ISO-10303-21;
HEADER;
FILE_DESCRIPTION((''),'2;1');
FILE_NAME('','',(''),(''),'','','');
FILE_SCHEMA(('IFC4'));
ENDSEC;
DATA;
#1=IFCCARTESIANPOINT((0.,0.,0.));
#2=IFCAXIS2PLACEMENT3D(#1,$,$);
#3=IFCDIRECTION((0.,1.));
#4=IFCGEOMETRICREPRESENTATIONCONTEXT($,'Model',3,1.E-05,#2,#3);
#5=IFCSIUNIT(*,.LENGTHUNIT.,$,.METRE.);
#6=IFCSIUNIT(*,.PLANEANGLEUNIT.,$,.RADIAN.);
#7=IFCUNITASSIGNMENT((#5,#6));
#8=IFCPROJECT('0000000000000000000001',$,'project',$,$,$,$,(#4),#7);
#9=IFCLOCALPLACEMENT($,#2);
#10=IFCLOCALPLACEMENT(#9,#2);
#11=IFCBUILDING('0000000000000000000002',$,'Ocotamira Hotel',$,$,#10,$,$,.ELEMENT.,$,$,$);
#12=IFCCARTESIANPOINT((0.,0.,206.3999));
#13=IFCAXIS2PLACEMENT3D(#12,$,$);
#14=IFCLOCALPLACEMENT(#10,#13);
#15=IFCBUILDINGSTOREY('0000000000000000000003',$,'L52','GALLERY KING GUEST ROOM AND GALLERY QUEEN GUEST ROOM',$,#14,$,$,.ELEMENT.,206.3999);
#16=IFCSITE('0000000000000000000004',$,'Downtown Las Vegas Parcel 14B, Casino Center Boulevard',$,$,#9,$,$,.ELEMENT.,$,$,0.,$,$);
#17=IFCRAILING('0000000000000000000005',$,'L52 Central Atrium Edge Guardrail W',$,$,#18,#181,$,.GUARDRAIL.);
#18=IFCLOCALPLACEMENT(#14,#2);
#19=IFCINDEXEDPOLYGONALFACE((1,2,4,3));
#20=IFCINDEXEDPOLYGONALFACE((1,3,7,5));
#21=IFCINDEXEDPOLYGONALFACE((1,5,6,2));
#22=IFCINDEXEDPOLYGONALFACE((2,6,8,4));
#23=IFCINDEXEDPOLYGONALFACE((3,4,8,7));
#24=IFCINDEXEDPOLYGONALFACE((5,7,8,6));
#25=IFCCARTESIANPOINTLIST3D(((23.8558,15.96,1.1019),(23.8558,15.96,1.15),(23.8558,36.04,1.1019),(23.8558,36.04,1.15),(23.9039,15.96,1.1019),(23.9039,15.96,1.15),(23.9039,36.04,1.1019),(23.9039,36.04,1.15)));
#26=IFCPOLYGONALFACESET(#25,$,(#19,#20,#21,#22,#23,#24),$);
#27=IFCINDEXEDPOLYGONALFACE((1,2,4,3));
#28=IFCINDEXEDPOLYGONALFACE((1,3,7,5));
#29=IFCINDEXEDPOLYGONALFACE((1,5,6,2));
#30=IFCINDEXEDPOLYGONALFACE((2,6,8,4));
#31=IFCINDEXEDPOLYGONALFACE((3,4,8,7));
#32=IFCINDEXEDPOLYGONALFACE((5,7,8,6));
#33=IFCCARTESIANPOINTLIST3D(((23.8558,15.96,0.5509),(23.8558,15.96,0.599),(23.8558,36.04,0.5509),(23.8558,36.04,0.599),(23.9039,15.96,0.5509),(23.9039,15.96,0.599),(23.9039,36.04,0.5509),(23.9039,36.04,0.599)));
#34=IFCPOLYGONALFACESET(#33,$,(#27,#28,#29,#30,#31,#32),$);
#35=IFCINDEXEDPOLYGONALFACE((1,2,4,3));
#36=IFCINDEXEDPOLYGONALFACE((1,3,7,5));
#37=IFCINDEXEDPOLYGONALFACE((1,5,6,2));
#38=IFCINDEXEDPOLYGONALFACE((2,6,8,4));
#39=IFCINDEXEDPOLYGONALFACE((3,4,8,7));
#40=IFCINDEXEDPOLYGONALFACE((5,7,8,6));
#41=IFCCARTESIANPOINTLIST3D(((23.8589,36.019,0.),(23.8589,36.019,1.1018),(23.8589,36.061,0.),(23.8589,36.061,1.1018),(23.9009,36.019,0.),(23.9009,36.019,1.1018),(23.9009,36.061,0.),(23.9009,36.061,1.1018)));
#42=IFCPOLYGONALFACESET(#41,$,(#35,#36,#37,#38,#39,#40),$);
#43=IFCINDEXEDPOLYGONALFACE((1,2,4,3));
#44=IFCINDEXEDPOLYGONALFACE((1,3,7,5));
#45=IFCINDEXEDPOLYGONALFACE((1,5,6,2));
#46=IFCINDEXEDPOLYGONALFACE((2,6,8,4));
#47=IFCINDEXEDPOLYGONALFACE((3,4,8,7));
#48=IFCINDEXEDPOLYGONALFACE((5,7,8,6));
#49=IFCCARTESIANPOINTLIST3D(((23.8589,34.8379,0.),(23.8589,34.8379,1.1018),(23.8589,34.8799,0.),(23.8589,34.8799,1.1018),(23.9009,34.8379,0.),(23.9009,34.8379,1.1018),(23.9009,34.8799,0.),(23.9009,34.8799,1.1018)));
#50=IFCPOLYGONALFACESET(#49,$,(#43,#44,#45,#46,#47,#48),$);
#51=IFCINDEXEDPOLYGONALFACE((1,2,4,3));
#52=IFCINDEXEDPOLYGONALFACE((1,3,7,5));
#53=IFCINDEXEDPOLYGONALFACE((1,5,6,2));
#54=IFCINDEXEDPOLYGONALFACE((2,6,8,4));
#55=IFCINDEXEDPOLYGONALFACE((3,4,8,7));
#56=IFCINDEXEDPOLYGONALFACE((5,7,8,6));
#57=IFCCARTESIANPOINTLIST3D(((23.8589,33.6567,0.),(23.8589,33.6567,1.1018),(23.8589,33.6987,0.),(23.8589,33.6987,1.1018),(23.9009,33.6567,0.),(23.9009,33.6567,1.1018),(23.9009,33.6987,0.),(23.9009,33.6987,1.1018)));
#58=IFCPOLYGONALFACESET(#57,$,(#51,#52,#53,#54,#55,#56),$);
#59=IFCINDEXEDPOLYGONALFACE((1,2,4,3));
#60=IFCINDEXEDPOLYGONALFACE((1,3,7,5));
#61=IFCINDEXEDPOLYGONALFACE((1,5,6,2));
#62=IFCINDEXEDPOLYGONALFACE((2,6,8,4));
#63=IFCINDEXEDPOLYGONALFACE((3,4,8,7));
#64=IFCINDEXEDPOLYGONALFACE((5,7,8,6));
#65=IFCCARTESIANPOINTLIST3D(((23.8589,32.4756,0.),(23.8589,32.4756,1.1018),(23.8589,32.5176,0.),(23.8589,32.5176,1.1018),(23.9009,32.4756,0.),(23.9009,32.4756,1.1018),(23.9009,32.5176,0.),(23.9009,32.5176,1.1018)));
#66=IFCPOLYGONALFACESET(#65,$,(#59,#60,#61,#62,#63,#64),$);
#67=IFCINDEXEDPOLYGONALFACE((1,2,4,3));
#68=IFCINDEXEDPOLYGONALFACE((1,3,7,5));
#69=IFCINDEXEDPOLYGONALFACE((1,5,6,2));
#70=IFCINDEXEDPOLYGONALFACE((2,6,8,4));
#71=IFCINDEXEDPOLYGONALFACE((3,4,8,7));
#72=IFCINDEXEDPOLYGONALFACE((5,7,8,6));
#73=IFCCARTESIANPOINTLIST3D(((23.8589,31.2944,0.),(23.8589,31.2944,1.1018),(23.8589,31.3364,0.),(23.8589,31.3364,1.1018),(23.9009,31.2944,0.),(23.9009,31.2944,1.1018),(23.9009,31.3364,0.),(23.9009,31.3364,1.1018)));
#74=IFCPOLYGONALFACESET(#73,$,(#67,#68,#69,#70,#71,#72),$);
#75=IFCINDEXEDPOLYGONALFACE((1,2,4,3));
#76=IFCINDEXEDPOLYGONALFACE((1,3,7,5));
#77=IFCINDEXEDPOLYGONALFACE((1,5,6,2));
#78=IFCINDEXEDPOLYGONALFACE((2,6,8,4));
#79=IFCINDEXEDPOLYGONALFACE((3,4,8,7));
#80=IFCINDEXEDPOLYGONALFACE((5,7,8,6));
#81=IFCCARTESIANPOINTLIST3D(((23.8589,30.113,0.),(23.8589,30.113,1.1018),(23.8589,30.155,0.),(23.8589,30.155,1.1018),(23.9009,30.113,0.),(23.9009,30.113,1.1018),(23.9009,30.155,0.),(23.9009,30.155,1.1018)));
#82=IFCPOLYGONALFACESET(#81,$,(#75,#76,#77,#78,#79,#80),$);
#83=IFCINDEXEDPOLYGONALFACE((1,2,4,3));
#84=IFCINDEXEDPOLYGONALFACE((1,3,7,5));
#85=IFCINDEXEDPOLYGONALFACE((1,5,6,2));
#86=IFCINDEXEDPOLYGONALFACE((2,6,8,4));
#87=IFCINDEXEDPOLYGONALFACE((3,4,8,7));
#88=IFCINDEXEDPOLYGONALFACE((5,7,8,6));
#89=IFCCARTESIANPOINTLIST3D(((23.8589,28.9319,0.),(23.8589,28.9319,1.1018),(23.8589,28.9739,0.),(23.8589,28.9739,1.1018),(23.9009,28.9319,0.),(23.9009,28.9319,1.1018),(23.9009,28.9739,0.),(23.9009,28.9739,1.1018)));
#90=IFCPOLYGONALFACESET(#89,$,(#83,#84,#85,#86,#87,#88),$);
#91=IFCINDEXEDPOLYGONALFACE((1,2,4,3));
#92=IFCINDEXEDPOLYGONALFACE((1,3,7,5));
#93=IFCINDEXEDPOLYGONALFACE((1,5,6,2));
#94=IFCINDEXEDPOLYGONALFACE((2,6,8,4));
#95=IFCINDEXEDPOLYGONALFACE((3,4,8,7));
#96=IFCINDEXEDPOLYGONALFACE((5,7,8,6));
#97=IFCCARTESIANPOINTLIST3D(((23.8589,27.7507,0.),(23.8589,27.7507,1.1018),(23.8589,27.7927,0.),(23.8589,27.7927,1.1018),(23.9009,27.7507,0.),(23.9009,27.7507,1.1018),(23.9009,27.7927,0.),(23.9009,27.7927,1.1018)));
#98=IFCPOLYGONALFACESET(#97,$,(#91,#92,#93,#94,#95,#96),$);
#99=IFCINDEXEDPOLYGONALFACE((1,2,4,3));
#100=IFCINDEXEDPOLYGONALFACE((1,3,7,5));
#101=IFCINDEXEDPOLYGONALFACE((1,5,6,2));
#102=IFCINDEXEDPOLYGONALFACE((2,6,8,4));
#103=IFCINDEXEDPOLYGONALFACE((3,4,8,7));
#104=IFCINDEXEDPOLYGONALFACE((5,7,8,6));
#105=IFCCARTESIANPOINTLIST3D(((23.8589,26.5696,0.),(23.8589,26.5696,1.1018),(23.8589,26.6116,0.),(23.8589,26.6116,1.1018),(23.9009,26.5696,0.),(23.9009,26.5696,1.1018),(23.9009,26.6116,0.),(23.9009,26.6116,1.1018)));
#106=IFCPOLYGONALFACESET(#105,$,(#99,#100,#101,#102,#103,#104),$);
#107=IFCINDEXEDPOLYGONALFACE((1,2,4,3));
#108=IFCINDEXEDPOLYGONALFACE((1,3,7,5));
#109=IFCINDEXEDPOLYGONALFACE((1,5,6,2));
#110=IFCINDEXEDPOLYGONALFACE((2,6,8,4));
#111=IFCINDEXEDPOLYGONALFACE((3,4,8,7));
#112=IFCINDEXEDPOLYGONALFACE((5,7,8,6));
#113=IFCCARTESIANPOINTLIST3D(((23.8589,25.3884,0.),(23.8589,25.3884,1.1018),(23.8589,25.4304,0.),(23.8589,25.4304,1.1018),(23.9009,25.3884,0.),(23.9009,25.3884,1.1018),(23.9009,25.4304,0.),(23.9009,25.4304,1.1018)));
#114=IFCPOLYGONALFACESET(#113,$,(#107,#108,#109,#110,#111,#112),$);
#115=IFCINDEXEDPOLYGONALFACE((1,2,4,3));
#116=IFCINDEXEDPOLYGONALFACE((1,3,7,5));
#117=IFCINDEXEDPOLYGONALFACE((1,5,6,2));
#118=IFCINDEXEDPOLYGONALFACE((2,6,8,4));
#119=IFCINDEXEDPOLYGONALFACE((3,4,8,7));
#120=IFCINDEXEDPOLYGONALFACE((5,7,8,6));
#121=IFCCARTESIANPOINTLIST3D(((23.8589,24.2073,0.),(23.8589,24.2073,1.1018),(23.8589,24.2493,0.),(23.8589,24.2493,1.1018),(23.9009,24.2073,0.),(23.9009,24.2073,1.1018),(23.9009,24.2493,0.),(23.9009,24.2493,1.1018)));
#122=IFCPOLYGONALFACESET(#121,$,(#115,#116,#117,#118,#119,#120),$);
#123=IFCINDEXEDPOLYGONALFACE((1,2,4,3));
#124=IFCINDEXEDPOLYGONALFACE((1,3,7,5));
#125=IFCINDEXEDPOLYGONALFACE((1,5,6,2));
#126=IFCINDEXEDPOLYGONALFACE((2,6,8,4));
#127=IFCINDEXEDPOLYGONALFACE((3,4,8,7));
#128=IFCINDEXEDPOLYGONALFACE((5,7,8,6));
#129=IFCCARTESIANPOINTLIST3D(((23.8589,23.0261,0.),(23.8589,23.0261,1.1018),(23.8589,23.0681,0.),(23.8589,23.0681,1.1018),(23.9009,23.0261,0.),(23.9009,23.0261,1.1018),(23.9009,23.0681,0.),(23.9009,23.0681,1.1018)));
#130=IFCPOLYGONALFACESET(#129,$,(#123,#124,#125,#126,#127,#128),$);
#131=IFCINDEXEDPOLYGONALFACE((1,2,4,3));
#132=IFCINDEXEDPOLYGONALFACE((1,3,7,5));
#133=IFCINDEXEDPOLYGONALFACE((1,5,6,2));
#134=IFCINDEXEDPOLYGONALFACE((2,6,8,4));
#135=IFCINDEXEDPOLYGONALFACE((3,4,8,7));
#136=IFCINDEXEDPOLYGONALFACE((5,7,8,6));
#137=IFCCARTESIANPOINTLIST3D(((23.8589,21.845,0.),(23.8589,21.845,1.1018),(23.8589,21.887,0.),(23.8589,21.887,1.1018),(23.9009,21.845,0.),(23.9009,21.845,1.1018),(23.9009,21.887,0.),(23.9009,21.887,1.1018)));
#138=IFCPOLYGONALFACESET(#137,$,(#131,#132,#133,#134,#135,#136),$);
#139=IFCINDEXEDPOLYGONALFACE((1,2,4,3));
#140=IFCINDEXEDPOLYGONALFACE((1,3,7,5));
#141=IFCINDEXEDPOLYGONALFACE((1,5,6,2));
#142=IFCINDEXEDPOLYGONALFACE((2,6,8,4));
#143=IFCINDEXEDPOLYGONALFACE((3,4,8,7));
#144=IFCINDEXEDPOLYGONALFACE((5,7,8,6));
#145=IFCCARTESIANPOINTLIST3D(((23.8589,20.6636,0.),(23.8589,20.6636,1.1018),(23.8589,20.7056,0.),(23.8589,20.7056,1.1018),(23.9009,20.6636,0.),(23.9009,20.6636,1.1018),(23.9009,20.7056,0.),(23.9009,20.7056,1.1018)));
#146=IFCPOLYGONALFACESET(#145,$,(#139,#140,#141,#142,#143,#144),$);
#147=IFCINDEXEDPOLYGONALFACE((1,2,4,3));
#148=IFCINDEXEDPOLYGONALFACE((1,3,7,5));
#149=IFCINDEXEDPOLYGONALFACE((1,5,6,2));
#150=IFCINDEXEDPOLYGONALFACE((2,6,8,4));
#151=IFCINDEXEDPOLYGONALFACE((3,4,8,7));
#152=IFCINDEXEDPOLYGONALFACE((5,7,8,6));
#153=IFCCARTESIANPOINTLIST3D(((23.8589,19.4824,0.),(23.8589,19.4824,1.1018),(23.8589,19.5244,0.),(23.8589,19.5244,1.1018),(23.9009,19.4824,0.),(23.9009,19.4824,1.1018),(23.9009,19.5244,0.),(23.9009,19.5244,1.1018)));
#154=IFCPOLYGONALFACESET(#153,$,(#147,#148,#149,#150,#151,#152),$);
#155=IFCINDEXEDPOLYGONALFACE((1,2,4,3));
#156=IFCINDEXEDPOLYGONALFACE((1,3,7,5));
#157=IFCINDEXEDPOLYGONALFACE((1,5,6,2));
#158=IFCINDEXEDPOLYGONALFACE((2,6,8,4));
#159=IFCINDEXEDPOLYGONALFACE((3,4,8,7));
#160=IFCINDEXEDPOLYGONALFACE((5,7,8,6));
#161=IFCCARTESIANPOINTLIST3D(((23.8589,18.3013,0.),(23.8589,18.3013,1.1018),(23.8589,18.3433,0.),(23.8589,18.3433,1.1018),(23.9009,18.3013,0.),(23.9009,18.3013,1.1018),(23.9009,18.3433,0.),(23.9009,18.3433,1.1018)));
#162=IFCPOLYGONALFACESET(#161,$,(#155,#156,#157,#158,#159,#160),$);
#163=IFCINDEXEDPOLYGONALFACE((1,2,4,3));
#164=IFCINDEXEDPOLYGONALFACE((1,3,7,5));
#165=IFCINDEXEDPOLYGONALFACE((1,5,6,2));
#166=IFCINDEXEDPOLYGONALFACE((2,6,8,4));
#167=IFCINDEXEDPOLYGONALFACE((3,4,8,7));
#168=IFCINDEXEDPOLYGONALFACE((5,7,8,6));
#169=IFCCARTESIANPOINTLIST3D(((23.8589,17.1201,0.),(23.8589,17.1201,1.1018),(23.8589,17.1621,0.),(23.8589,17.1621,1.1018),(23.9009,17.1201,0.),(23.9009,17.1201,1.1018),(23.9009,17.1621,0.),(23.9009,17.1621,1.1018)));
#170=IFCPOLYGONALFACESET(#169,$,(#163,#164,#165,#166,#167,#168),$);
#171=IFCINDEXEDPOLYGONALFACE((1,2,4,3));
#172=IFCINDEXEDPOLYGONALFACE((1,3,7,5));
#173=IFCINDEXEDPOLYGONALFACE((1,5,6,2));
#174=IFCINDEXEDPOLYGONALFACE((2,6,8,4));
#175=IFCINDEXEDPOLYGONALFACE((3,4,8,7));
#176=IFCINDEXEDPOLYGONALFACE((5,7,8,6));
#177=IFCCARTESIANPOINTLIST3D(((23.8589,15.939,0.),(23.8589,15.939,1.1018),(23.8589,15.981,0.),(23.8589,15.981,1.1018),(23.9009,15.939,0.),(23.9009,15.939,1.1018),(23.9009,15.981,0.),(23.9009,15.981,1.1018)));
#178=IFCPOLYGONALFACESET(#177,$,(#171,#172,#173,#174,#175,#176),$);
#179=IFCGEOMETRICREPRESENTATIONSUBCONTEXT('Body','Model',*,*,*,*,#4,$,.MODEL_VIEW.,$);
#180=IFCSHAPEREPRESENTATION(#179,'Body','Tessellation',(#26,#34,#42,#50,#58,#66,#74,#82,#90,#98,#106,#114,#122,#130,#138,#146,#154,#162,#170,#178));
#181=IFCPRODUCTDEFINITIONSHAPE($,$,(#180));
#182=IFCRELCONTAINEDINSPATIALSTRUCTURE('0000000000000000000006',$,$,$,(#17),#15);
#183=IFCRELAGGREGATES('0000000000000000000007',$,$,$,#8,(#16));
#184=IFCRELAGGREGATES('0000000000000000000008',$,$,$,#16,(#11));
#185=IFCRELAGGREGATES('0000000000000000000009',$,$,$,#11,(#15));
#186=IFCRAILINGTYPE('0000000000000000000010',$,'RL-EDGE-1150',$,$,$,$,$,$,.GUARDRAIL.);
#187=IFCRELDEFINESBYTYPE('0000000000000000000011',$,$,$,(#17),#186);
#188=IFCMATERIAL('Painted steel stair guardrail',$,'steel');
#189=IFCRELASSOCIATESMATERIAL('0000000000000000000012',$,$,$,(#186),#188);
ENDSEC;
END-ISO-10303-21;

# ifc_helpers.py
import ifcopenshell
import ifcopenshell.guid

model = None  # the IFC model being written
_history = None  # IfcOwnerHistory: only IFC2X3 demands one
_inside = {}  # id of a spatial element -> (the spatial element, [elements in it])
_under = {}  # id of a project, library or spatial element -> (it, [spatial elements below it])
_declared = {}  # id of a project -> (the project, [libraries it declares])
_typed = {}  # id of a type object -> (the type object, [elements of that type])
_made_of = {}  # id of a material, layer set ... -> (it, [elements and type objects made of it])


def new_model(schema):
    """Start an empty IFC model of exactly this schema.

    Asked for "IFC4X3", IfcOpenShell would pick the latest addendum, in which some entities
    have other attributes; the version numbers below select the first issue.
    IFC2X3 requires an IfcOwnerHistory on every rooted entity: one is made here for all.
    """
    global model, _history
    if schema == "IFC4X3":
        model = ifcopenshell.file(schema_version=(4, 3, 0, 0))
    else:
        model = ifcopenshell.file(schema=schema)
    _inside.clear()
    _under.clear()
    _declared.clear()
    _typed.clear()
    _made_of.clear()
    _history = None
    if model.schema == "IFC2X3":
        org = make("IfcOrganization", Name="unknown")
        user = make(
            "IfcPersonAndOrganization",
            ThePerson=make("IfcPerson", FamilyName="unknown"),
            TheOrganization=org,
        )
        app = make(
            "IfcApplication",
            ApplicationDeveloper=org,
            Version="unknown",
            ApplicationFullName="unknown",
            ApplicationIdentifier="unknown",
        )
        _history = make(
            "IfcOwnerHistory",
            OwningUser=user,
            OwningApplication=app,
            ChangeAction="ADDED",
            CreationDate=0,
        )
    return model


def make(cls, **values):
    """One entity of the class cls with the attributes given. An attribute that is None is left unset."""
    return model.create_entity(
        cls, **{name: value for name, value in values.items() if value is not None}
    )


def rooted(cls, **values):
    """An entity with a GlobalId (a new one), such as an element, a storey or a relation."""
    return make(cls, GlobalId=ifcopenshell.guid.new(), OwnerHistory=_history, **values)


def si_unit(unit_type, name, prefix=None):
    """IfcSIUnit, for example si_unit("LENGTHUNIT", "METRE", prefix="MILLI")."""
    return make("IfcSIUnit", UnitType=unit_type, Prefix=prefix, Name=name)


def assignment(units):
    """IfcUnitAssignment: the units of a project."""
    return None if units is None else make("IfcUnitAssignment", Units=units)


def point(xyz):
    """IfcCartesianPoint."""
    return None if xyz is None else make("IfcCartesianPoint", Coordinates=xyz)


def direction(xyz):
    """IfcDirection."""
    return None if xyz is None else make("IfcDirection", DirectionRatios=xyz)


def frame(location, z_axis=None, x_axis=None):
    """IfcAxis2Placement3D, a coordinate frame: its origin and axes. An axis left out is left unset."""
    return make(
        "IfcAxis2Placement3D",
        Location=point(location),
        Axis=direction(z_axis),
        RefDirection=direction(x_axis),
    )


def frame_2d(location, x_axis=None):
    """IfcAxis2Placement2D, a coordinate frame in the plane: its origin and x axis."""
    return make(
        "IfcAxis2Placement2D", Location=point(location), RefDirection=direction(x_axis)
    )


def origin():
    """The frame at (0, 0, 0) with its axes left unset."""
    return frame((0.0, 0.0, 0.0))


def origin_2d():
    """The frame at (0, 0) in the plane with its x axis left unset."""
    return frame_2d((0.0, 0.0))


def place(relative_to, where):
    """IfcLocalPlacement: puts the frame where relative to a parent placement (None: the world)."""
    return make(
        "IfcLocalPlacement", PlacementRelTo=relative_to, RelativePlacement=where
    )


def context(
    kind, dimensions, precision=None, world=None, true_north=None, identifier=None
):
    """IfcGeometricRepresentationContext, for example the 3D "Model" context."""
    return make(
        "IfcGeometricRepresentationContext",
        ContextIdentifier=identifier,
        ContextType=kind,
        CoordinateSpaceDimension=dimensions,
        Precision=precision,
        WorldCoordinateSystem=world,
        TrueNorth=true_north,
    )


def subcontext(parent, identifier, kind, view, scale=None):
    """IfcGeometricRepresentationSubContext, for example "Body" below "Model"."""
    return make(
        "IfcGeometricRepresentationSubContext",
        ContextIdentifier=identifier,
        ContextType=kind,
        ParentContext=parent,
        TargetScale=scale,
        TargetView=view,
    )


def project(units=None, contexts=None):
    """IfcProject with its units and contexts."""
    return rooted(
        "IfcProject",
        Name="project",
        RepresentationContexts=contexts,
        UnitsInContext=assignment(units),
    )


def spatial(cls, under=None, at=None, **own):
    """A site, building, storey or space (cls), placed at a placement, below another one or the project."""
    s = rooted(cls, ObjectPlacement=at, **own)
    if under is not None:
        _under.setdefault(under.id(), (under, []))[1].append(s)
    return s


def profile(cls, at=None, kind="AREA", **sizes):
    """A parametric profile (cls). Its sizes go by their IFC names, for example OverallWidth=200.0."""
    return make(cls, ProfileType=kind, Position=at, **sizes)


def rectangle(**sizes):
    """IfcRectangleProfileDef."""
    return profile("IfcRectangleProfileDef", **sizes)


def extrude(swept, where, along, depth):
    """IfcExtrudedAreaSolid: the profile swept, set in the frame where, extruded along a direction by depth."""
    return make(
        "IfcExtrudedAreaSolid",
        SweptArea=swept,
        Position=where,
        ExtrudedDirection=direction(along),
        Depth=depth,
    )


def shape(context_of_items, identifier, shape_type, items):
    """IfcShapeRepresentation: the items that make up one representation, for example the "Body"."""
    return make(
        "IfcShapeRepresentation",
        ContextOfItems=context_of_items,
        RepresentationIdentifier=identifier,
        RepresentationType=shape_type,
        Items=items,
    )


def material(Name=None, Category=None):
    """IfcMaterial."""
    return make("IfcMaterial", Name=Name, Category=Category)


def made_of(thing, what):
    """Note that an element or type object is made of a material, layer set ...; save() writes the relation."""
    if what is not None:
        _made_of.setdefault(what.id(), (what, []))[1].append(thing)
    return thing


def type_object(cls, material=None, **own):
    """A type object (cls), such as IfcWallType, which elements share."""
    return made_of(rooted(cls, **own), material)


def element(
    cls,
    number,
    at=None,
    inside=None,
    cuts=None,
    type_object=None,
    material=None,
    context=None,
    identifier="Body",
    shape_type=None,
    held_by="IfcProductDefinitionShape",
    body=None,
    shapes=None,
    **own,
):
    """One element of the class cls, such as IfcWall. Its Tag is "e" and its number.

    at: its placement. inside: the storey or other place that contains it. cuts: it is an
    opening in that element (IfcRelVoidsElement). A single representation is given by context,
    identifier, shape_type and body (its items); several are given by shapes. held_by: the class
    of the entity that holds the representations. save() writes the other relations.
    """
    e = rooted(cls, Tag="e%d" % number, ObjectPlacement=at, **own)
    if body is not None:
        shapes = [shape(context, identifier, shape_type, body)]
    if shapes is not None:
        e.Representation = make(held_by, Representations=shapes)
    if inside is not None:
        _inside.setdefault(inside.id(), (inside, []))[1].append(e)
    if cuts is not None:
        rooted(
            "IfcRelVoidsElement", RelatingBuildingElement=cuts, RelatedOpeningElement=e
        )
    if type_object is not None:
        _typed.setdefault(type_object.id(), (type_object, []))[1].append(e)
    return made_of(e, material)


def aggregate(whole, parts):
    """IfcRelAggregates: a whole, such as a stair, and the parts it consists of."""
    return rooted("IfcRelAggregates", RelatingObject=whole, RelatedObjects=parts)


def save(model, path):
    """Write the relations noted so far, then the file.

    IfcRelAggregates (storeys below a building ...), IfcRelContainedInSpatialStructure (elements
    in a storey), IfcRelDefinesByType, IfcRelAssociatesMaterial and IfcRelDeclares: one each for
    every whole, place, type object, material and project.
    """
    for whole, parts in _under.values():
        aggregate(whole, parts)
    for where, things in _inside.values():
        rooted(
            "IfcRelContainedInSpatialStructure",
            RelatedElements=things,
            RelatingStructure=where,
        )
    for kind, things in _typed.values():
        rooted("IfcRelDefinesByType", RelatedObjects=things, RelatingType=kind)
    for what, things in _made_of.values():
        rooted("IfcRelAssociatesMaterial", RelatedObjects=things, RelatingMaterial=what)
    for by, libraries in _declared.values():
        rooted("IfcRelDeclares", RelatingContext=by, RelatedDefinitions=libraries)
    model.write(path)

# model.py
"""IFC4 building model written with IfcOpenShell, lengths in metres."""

from ifc_helpers import new_model, si_unit, direction, frame, origin, origin_2d, place, context, subcontext, project, spatial, rectangle, extrude, material, type_object, element, save


model = new_model("IFC4")

# Units and contexts
model_context = context("Model", 3, precision=1e-05, world=origin(), true_north=direction((0.0, 1.0)))
body_context = subcontext(model_context, "Body", "Model", "MODEL_VIEW")
ifc_project = project(units=[si_unit("LENGTHUNIT", "METRE"), si_unit("PLANEANGLEUNIT", "RADIAN")], contexts=[model_context])

# Site, building, storey
site_placement = place(None, origin())
site = spatial("IfcSite", under=ifc_project, at=site_placement, Name="Downtown Las Vegas Parcel 14B, Casino Center Boulevard", CompositionType="ELEMENT", RefElevation=0.0)
building_placement = place(site_placement, origin())
building = spatial("IfcBuilding", under=site, at=building_placement, Name="Ocotamira Hotel", CompositionType="ELEMENT")
storey_placement = place(building_placement, frame((0.0, 0.0, 206.3999)))
storey = spatial("IfcBuildingStorey", under=building, at=storey_placement, Name="L52", Description="GALLERY KING GUEST ROOM AND GALLERY QUEEN GUEST ROOM", CompositionType="ELEMENT", Elevation=206.3999)

# Railing
ifc_material_1 = material(Name="Painted steel stair guardrail", Category="steel")
railing_type = type_object("IfcRailingType", Name="RL-EDGE-1150", PredefinedType="GUARDRAIL", material=ifc_material_1)
railing_placement = place(storey_placement, frame((23.8799, 36.04, 0.0)))
element("IfcRailing", 1, at=railing_placement, inside=storey, type_object=railing_type, Name="L52 Central Atrium Edge Guardrail W", PredefinedType="GUARDRAIL", context=body_context, shape_type="SweptSolid", body=[
    extrude(rectangle(XDim=0.0481, YDim=0.0481, at=origin_2d()), frame((0.0, 0.0, 1.126), z_axis=(0.0, -1.0, 0.0), x_axis=(1.0, 0.0, 0.0)), (0.0, 0.0, 1.0), 20.0801),
    extrude(rectangle(XDim=0.0481, YDim=0.0481, at=origin_2d()), frame((0.0, 0.0, 0.575), z_axis=(0.0, -1.0, 0.0), x_axis=(1.0, 0.0, 0.0)), (0.0, 0.0, 1.0), 20.0801),
    extrude(rectangle(XDim=0.042, YDim=0.042, at=origin_2d()), origin(), (0.0, 0.0, 1.0), 1.1018),
    extrude(rectangle(XDim=0.042, YDim=0.042, at=origin_2d()), frame((0.0, -1.1812, 0.0)), (0.0, 0.0, 1.0), 1.1018),
    extrude(rectangle(XDim=0.042, YDim=0.042, at=origin_2d()), frame((0.0, -2.3623, 0.0)), (0.0, 0.0, 1.0), 1.1018),
    extrude(rectangle(XDim=0.042, YDim=0.042, at=origin_2d()), frame((0.0, -3.5435, 0.0)), (0.0, 0.0, 1.0), 1.1018),
    extrude(rectangle(XDim=0.042, YDim=0.042, at=origin_2d()), frame((0.0, -4.7246, 0.0)), (0.0, 0.0, 1.0), 1.1018),
    extrude(rectangle(XDim=0.042, YDim=0.042, at=origin_2d()), frame((0.0, -5.906, 0.0)), (0.0, 0.0, 1.0), 1.1018),
    extrude(rectangle(XDim=0.042, YDim=0.042, at=origin_2d()), frame((0.0, -7.0872, 0.0)), (0.0, 0.0, 1.0), 1.1018),
    extrude(rectangle(XDim=0.042, YDim=0.042, at=origin_2d()), frame((0.0, -8.2683, 0.0)), (0.0, 0.0, 1.0), 1.1018),
    extrude(rectangle(XDim=0.042, YDim=0.042, at=origin_2d()), frame((0.0, -9.4495, 0.0)), (0.0, 0.0, 1.0), 1.1018),
    extrude(rectangle(XDim=0.042, YDim=0.042, at=origin_2d()), frame((0.0, -10.6306, 0.0)), (0.0, 0.0, 1.0), 1.1018),
    extrude(rectangle(XDim=0.042, YDim=0.042, at=origin_2d()), frame((0.0, -11.8118, 0.0)), (0.0, 0.0, 1.0), 1.1018),
    extrude(rectangle(XDim=0.042, YDim=0.042, at=origin_2d()), frame((0.0, -12.9929, 0.0)), (0.0, 0.0, 1.0), 1.1018),
    extrude(rectangle(XDim=0.042, YDim=0.042, at=origin_2d()), frame((0.0, -14.1741, 0.0)), (0.0, 0.0, 1.0), 1.1018),
    extrude(rectangle(XDim=0.042, YDim=0.042, at=origin_2d()), frame((0.0, -15.3555, 0.0)), (0.0, 0.0, 1.0), 1.1018),
    extrude(rectangle(XDim=0.042, YDim=0.042, at=origin_2d()), frame((0.0, -16.5366, 0.0)), (0.0, 0.0, 1.0), 1.1018),
    extrude(rectangle(XDim=0.042, YDim=0.042, at=origin_2d()), frame((0.0, -17.7178, 0.0)), (0.0, 0.0, 1.0), 1.1018),
    extrude(rectangle(XDim=0.042, YDim=0.042, at=origin_2d()), frame((0.0, -18.8989, 0.0)), (0.0, 0.0, 1.0), 1.1018),
    extrude(rectangle(XDim=0.042, YDim=0.042, at=origin_2d()), frame((0.0, -20.0801, 0.0)), (0.0, 0.0, 1.0), 1.1018),
])

save(model, "model.ifc")
